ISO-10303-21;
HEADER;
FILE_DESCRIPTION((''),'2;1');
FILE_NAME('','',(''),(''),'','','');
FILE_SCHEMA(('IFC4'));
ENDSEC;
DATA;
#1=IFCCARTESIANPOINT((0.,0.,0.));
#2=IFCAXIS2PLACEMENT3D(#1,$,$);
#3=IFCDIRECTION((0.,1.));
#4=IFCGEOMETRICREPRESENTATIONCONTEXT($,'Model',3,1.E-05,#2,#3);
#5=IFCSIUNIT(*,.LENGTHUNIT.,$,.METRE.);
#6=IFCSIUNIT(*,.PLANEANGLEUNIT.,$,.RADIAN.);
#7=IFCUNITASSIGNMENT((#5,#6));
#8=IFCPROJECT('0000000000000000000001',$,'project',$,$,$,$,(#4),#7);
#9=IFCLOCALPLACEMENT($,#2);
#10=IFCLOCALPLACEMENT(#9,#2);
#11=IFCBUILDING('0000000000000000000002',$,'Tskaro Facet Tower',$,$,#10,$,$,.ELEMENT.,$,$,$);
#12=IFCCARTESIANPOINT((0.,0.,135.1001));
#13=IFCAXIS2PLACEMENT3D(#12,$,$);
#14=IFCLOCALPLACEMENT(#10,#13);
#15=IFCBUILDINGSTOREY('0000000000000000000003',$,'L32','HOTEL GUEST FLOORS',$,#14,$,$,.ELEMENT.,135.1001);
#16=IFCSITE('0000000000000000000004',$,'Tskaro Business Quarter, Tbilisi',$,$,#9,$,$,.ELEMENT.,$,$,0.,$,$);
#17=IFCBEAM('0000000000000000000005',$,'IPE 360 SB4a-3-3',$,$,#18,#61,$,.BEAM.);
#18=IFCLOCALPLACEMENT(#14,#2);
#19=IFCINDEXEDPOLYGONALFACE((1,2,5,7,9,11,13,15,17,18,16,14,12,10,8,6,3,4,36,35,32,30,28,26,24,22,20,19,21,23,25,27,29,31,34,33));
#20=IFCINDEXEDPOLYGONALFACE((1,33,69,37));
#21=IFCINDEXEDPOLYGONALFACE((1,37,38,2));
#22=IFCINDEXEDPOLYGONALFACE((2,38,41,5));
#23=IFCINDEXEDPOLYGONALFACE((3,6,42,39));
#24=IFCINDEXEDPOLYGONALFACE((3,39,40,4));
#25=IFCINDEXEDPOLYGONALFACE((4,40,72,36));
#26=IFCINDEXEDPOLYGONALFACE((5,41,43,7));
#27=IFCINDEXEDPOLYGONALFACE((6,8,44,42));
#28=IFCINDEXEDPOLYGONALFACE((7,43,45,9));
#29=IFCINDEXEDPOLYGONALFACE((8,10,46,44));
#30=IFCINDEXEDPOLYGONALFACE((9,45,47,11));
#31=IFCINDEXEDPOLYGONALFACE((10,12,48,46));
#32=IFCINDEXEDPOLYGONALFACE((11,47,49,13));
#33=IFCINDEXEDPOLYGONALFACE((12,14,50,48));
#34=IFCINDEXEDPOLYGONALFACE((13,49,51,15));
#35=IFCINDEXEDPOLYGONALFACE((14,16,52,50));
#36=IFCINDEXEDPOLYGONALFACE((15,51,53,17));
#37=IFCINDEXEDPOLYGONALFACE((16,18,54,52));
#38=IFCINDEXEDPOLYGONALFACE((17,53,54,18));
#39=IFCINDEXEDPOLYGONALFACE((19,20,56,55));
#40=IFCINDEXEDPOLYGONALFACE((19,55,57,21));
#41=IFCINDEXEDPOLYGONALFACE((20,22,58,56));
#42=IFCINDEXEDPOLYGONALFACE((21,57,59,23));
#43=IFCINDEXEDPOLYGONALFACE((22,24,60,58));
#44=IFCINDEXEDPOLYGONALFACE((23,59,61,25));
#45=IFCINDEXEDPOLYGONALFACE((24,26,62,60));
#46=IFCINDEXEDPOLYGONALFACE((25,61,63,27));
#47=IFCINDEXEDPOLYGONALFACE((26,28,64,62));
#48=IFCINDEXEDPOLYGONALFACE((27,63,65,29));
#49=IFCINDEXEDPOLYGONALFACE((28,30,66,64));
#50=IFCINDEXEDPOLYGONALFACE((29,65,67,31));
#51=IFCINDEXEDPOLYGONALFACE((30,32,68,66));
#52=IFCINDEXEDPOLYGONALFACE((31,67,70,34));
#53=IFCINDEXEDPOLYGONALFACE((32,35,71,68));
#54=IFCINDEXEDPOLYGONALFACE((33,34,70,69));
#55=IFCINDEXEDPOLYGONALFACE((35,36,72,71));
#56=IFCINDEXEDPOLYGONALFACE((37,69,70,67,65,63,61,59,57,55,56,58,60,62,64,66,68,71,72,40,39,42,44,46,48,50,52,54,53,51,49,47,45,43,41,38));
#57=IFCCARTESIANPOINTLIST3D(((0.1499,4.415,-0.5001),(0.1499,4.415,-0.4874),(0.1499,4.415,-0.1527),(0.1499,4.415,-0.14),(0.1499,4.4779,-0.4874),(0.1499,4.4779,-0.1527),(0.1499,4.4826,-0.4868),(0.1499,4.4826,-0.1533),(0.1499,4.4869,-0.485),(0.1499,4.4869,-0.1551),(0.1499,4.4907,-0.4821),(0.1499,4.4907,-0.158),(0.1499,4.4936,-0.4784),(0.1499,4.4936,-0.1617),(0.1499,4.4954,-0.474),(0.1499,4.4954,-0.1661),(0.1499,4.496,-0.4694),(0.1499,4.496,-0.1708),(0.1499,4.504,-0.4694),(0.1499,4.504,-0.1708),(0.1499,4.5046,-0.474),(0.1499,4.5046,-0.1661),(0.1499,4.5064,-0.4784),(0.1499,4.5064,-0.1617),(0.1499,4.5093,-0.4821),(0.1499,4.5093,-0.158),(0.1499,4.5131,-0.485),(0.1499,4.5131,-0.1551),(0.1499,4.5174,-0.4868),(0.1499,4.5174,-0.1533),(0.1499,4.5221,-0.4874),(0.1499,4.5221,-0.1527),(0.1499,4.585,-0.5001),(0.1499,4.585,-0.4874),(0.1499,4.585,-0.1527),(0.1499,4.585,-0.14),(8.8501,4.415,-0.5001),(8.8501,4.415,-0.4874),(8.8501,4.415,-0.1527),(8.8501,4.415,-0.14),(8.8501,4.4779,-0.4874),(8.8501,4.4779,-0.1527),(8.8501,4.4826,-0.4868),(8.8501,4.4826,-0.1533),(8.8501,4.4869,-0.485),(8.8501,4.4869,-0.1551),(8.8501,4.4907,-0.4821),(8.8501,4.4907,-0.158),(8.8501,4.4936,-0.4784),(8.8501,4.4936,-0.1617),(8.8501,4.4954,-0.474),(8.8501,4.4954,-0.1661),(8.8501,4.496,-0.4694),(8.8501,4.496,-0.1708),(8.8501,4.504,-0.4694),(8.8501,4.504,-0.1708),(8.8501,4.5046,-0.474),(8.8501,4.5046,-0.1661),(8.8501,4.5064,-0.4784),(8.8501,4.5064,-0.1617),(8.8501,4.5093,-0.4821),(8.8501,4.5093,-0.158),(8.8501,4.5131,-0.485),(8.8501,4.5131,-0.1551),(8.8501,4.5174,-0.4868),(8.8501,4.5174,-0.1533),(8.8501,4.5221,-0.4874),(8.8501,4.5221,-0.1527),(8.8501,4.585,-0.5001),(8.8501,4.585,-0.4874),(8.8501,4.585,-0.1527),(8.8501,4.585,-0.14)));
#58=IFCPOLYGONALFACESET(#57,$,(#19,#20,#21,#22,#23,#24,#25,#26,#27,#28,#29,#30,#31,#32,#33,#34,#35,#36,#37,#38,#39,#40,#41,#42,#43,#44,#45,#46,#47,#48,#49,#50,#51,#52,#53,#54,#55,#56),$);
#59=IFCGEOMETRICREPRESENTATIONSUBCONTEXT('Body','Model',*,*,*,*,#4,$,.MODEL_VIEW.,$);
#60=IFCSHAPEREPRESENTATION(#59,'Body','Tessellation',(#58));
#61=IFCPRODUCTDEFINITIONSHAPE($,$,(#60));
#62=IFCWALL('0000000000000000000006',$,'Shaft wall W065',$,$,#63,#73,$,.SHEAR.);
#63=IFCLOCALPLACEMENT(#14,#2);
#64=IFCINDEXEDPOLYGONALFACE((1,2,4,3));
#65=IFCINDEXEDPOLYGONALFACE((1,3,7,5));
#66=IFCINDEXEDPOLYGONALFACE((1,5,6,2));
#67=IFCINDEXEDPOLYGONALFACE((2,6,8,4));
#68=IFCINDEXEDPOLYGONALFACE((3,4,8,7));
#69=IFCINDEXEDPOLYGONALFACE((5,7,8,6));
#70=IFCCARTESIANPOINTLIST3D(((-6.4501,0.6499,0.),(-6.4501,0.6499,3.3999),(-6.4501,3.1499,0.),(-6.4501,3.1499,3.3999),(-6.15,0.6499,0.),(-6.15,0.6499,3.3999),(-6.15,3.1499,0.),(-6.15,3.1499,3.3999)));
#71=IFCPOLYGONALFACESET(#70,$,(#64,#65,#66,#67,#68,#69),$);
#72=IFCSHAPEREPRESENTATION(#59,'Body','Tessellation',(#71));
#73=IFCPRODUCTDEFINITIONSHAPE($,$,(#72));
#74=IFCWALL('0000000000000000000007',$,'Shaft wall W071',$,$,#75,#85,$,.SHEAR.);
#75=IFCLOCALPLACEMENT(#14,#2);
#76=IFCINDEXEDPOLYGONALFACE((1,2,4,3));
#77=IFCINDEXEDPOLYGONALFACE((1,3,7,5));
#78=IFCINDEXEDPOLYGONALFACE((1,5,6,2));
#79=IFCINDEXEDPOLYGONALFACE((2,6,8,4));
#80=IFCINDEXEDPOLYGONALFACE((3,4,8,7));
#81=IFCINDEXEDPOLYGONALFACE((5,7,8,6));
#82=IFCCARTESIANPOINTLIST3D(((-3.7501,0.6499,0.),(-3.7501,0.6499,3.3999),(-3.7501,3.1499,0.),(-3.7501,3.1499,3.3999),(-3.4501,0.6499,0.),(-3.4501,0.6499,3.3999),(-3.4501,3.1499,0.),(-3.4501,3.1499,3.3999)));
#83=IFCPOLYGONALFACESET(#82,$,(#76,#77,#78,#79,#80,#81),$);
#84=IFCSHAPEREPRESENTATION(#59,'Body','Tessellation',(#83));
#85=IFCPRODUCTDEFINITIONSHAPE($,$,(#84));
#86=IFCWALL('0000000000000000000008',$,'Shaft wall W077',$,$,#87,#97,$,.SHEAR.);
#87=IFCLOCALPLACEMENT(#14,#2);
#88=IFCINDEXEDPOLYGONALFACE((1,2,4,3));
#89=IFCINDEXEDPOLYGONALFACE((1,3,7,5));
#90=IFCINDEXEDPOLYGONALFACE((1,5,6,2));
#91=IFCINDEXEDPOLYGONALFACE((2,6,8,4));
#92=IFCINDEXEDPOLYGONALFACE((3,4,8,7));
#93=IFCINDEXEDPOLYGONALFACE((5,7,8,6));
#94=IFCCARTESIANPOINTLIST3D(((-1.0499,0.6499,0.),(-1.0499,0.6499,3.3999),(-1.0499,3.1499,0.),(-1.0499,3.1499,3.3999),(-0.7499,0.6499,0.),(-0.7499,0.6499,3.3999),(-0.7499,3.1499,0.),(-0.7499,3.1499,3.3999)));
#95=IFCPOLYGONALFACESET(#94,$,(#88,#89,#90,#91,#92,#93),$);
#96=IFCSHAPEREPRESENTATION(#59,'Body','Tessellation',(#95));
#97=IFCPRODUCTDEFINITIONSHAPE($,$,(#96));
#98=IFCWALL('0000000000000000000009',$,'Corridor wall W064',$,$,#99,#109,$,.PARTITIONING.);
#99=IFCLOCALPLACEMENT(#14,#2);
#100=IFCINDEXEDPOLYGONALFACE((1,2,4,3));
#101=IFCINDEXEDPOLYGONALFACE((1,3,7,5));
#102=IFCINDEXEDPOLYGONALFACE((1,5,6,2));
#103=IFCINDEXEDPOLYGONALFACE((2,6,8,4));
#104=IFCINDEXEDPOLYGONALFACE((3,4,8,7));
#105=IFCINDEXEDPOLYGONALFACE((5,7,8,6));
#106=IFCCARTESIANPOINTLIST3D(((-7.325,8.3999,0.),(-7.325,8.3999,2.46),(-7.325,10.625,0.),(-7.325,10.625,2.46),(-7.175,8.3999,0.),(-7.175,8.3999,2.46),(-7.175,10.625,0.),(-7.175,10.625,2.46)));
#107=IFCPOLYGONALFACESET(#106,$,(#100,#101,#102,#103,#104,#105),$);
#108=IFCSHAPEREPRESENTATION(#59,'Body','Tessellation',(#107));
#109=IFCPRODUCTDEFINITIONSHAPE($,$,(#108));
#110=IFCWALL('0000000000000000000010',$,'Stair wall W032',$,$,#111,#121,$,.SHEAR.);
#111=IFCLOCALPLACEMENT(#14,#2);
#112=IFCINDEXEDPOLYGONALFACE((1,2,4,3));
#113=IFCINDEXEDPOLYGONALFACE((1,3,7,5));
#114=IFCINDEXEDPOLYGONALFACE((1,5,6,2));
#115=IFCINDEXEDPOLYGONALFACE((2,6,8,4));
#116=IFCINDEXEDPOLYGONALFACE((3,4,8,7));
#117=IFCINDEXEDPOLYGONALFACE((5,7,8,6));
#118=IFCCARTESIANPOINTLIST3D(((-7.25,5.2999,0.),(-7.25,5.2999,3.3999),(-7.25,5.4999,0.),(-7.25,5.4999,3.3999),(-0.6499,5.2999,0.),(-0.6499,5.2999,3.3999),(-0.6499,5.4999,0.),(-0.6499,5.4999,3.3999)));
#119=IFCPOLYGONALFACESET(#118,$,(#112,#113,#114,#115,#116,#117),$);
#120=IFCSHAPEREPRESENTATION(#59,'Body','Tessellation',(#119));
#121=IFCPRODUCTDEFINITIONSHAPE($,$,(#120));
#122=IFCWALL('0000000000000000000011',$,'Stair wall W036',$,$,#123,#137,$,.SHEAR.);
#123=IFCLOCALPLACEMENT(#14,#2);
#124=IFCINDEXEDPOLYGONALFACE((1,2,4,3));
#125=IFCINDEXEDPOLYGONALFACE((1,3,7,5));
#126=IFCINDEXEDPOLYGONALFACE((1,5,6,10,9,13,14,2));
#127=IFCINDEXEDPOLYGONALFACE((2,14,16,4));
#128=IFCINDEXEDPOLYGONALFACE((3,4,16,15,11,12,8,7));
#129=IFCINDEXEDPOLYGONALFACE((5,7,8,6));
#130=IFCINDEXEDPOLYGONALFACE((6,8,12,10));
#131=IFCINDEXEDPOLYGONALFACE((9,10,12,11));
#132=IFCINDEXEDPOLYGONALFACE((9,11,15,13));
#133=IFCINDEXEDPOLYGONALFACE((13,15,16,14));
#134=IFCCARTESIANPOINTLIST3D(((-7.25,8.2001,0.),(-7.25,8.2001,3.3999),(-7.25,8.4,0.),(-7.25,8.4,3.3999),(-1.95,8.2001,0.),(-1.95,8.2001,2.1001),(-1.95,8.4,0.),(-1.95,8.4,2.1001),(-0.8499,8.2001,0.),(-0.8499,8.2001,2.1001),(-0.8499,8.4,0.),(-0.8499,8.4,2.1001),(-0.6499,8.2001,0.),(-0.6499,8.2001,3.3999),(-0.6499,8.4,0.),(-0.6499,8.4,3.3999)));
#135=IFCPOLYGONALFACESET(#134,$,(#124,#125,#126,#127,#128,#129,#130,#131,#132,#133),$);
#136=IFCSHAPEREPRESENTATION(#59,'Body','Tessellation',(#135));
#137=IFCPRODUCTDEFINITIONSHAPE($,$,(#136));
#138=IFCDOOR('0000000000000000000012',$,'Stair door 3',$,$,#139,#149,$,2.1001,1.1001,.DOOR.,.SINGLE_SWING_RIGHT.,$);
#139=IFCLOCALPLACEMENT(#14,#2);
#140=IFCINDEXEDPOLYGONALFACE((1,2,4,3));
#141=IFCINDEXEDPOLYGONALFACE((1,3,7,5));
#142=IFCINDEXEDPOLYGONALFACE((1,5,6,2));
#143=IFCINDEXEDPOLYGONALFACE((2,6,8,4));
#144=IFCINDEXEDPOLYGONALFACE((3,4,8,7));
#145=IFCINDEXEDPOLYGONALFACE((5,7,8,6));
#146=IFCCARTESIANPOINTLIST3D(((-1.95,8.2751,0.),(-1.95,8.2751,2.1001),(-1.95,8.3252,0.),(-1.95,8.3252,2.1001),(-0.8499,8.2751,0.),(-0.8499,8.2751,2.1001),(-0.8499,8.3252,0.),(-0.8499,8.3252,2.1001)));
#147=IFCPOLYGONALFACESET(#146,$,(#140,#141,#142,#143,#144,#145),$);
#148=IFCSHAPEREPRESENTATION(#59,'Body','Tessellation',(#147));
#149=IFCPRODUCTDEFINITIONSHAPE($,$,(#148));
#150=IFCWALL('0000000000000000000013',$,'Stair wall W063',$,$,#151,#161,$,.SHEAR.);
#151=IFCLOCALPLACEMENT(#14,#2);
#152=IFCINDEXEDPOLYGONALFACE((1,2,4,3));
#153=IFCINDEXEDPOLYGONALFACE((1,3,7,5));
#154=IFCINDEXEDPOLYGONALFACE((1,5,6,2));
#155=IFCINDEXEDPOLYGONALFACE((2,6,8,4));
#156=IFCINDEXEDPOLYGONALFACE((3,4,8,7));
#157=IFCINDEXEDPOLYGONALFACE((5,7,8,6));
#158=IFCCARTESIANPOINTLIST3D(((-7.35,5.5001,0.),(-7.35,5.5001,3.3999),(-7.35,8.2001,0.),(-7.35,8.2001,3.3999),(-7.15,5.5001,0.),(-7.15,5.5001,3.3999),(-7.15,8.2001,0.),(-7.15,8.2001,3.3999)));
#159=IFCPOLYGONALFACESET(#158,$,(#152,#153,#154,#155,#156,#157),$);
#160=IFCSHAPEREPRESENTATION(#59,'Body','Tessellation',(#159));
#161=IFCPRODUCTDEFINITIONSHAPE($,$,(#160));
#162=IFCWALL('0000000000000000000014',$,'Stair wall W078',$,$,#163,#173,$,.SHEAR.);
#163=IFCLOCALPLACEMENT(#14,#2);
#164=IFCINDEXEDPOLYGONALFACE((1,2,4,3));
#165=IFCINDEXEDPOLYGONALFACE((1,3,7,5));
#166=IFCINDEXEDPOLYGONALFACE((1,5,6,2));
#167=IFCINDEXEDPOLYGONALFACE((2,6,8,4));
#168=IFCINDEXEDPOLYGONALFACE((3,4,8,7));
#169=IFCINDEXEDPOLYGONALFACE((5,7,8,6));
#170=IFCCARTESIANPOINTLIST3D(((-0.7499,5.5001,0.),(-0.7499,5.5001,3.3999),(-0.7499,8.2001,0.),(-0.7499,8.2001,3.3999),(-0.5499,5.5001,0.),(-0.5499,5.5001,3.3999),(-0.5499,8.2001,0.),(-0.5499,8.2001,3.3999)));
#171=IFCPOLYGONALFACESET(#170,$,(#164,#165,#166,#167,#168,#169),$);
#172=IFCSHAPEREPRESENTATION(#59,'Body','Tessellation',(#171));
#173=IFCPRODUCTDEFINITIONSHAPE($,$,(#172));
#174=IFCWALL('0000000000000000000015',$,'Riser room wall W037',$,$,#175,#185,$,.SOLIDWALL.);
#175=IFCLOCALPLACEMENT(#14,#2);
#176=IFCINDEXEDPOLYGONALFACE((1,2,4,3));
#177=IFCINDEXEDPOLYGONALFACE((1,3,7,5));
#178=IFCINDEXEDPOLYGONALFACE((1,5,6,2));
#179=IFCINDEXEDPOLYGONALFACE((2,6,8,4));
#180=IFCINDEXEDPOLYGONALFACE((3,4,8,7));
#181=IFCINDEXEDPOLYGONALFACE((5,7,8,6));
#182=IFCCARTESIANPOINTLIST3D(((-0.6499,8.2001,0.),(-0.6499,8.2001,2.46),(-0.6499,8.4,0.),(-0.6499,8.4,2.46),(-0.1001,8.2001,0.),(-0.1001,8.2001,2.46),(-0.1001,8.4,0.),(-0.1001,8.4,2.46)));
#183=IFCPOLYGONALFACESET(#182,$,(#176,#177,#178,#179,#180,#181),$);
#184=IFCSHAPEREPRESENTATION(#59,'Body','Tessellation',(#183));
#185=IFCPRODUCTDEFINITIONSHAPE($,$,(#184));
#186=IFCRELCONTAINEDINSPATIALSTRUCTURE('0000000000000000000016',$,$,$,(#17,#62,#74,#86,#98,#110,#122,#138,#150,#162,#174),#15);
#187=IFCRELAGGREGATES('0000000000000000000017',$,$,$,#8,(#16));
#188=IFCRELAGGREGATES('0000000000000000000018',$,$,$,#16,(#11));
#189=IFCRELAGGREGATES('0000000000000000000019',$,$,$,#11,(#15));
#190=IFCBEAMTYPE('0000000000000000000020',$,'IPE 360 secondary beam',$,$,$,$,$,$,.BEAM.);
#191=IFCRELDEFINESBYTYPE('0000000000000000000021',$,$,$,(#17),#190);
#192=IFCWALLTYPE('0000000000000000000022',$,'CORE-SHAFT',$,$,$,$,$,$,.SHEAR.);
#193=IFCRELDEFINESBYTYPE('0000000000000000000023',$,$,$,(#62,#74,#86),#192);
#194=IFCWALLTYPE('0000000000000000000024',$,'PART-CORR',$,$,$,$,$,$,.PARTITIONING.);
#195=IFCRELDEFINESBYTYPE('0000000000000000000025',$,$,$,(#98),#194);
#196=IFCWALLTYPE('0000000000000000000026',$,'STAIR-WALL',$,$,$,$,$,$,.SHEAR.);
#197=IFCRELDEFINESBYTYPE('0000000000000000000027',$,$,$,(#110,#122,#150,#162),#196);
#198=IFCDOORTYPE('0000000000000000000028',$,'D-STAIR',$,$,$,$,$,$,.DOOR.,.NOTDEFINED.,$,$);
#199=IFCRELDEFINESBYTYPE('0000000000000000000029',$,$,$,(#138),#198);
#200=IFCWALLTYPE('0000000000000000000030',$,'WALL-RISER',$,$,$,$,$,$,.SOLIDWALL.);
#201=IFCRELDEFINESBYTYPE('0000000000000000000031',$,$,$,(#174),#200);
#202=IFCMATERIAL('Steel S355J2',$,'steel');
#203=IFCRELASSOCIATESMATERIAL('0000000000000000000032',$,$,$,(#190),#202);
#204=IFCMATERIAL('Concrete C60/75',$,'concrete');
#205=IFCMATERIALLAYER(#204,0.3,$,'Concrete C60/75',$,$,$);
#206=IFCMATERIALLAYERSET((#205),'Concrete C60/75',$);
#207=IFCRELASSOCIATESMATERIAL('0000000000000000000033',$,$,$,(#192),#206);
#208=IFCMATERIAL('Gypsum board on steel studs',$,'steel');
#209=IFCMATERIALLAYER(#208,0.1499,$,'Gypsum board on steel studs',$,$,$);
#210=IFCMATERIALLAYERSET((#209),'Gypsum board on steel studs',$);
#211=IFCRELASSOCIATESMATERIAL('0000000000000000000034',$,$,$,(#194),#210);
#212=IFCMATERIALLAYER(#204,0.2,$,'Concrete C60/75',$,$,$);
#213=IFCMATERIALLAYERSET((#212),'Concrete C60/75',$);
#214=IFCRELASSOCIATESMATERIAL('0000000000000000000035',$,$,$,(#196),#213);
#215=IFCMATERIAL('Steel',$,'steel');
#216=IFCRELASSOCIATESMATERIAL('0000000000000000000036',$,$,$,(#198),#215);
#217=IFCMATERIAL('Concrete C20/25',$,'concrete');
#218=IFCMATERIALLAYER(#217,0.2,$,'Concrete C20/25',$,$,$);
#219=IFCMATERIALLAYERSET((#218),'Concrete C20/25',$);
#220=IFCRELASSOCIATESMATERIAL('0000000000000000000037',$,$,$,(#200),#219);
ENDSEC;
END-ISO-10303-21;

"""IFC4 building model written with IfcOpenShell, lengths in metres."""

from ifc_helpers import new_model, si_unit, direction, frame, frame_2d, origin, origin_2d, place, context, subcontext, project, spatial, rectangle, i_section, extrude, material, layer, layer_set, material_profile, profile_set, type_object, element, fill, save


model = new_model("IFC4")

# Units and contexts
model_context = context("Model", 3, precision=1e-05, world=origin(), true_north=direction((0.0, 1.0)))
body_context = subcontext(model_context, "Body", "Model", "MODEL_VIEW")
ifc_project = project(units=[si_unit("LENGTHUNIT", "METRE"), si_unit("PLANEANGLEUNIT", "RADIAN")], contexts=[model_context])

# Site, building, storey
site_placement = place(None, origin())
site = spatial("IfcSite", under=ifc_project, at=site_placement, Name="Tskaro Business Quarter, Tbilisi", CompositionType="ELEMENT", RefElevation=0.0)
building_placement = place(site_placement, origin())
building = spatial("IfcBuilding", under=site, at=building_placement, Name="Tskaro Facet Tower", CompositionType="ELEMENT")
storey_placement = place(building_placement, frame((0.0, 0.0, 135.1001)))
storey = spatial("IfcBuildingStorey", under=building, at=storey_placement, Name="L32", Description="HOTEL GUEST FLOORS", CompositionType="ELEMENT", Elevation=135.1001)

# Beam
ifc_material_1 = material(Name="Steel S355J2", Category="steel")
ifc_material_profile_1 = material_profile(ifc_material_1, i_section(OverallWidth=0.1699, OverallDepth=0.3601, WebThickness=0.0081, FlangeThickness=0.0127, FilletRadius=0.0181, at=origin_2d()), Name="IPE 360")
ifc_profile_set_1 = profile_set([ifc_material_profile_1], Name="Steel S355J2")
beam_type_1 = type_object("IfcBeamType", Name="IPE 360 secondary beam", PredefinedType="BEAM", material=ifc_profile_set_1)
beam_1_placement = place(storey_placement, frame((0.1499, 4.5, -0.3201), z_axis=(1.0, 0.0, 0.0), x_axis=(0.0, 1.0, 0.0)))
element("IfcBeam", 1, at=beam_1_placement, inside=storey, type_object=beam_type_1, Name="IPE 360 SB4a-3-3", PredefinedType="BEAM", context=body_context, shape_type="SweptSolid", body=[
    extrude(i_section(OverallWidth=0.1699, OverallDepth=0.3601, WebThickness=0.0081, FlangeThickness=0.0127, FilletRadius=0.0181, at=origin_2d()), origin(), (0.0, 0.0, 1.0), 8.7002),
])

# Walls
ifc_material_2 = material(Name="Concrete C60/75", Category="concrete")
ifc_layer_1 = layer(ifc_material_2, 0.3, Name="Concrete C60/75")
ifc_layer_set_1 = layer_set([ifc_layer_1], Name="Concrete C60/75")
wall_type_1 = type_object("IfcWallType", Name="CORE-SHAFT", PredefinedType="SHEAR", material=ifc_layer_set_1)
for number, where, z_axis, x_axis, name in (
    (2, (-6.3, 0.6499, 0.0), (0.0, 0.0, 1.0), (0.0, 1.0, 0.0), "Shaft wall W065"),
    (3, (-3.6001, 0.6499, 0.0), (0.0, 0.0, 1.0), (0.0, 1.0, 0.0), "Shaft wall W071"),
    (4, (-0.8999, 0.6499, 0.0), (0.0, 0.0, 1.0), (0.0, 1.0, 0.0), "Shaft wall W077"),
):
    element("IfcWall", number, at=place(storey_placement, frame(where, z_axis=z_axis, x_axis=x_axis)), inside=storey, type_object=wall_type_1, Name=name, PredefinedType="SHEAR", context=body_context, shape_type="SweptSolid", body=[
        extrude(rectangle(XDim=2.5, YDim=0.3, at=frame_2d((1.25, 0.0))), origin(), (0.0, 0.0, 1.0), 3.3999),
    ])
ifc_material_3 = material(Name="Gypsum board on steel studs", Category="steel")
ifc_layer_2 = layer(ifc_material_3, 0.1499, Name="Gypsum board on steel studs")
ifc_layer_set_2 = layer_set([ifc_layer_2], Name="Gypsum board on steel studs")
wall_type_2 = type_object("IfcWallType", Name="PART-CORR", PredefinedType="PARTITIONING", material=ifc_layer_set_2)
wall_1_placement = place(storey_placement, frame((-7.25, 8.3999, 0.0), z_axis=(0.0, 0.0, 1.0), x_axis=(0.0, 1.0, 0.0)))
element("IfcWall", 5, at=wall_1_placement, inside=storey, type_object=wall_type_2, Name="Corridor wall W064", PredefinedType="PARTITIONING", context=body_context, shape_type="SweptSolid", body=[
    extrude(rectangle(XDim=2.2251, YDim=0.1499, at=frame_2d((1.1125, 0.0))), origin(), (0.0, 0.0, 1.0), 2.46),
])
ifc_layer_3 = layer(ifc_material_2, 0.2, Name="Concrete C60/75")
ifc_layer_set_3 = layer_set([ifc_layer_3], Name="Concrete C60/75")
wall_type_3 = type_object("IfcWallType", Name="STAIR-WALL", PredefinedType="SHEAR", material=ifc_layer_set_3)
wall_2_placement = place(storey_placement, frame((-7.25, 5.3999, 0.0), z_axis=(0.0, 0.0, 1.0), x_axis=(1.0, 0.0, 0.0)))
element("IfcWall", 6, at=wall_2_placement, inside=storey, type_object=wall_type_3, Name="Stair wall W032", PredefinedType="SHEAR", context=body_context, shape_type="SweptSolid", body=[
    extrude(rectangle(XDim=6.6001, YDim=0.2, at=frame_2d((3.3, 0.0))), origin(), (0.0, 0.0, 1.0), 3.3999),
])

# Wall, opening, door
wall_3_placement = place(storey_placement, frame((-0.6499, 8.3, 0.0), z_axis=(0.0, 0.0, 1.0), x_axis=(-1.0, 0.0, 0.0)))
wall_3 = element("IfcWall", 7, at=wall_3_placement, inside=storey, type_object=wall_type_3, Name="Stair wall W036", PredefinedType="SHEAR", context=body_context, shape_type="SweptSolid", body=[
    extrude(rectangle(XDim=6.6001, YDim=0.2, at=frame_2d((3.3, 0.0))), origin(), (0.0, 0.0, 1.0), 3.3999),
])
opening_1_placement = place(wall_3_placement, frame((0.2, 0.0, 0.0)))
opening_1 = element("IfcOpeningElement", 8, at=opening_1_placement, cuts=wall_3, PredefinedType="OPENING", context=body_context, shape_type="SweptSolid", body=[
    extrude(rectangle(XDim=1.1001, YDim=2.1001, at=frame_2d((0.55, 1.05))), frame((0.0, 0.1099, 0.0), z_axis=(0.0, -1.0, 0.0), x_axis=(1.0, 0.0, 0.0)), (0.0, 0.0, 1.0), 0.22),
])
ifc_material_4 = material(Name="Steel", Category="steel")
door_type_1 = type_object("IfcDoorType", Name="D-STAIR", OperationType="NOTDEFINED", PredefinedType="DOOR", material=ifc_material_4)
door_1_placement = place(opening_1_placement, origin())
door_1 = element("IfcDoor", 9, at=door_1_placement, inside=storey, type_object=door_type_1, Name="Stair door 3", OperationType="SINGLE_SWING_RIGHT", OverallHeight=2.1001, OverallWidth=1.1001, PredefinedType="DOOR", context=body_context, shape_type="SweptSolid", body=[
    extrude(rectangle(XDim=1.1001, YDim=2.1001, at=frame_2d((0.55, 1.05))), frame((0.0, 0.0249, 0.0), z_axis=(0.0, -1.0, 0.0), x_axis=(1.0, 0.0, 0.0)), (0.0, 0.0, 1.0), 0.05),
])
fill(opening_1, door_1)

# Walls
for number, where, z_axis, x_axis, name in (
    (10, (-7.25, 5.5, 0.0), (0.0, 0.0, 1.0), (0.0, 1.0, 0.0), "Stair wall W063"),
    (11, (-0.6499, 5.5, 0.0), (0.0, 0.0, 1.0), (0.0, 1.0, 0.0), "Stair wall W078"),
):
    element("IfcWall", number, at=place(storey_placement, frame(where, z_axis=z_axis, x_axis=x_axis)), inside=storey, type_object=wall_type_3, Name=name, PredefinedType="SHEAR", context=body_context, shape_type="SweptSolid", body=[
        extrude(rectangle(XDim=2.7, YDim=0.2, at=frame_2d((1.3501, 0.0))), origin(), (0.0, 0.0, 1.0), 3.3999),
    ])
ifc_material_5 = material(Name="Concrete C20/25", Category="concrete")
ifc_layer_4 = layer(ifc_material_5, 0.2, Name="Concrete C20/25")
ifc_layer_set_4 = layer_set([ifc_layer_4], Name="Concrete C20/25")
wall_type_4 = type_object("IfcWallType", Name="WALL-RISER", PredefinedType="SOLIDWALL", material=ifc_layer_set_4)
wall_4_placement = place(storey_placement, frame((-0.6499, 8.3, 0.0), z_axis=(0.0, 0.0, 1.0), x_axis=(1.0, 0.0, 0.0)))
element("IfcWall", 12, at=wall_4_placement, inside=storey, type_object=wall_type_4, Name="Riser room wall W037", PredefinedType="SOLIDWALL", context=body_context, shape_type="SweptSolid", body=[
    extrude(rectangle(XDim=0.5498, YDim=0.2, at=frame_2d((0.2749, 0.0))), origin(), (0.0, 0.0, 1.0), 2.46),
])

save(model, "model.ifc")
